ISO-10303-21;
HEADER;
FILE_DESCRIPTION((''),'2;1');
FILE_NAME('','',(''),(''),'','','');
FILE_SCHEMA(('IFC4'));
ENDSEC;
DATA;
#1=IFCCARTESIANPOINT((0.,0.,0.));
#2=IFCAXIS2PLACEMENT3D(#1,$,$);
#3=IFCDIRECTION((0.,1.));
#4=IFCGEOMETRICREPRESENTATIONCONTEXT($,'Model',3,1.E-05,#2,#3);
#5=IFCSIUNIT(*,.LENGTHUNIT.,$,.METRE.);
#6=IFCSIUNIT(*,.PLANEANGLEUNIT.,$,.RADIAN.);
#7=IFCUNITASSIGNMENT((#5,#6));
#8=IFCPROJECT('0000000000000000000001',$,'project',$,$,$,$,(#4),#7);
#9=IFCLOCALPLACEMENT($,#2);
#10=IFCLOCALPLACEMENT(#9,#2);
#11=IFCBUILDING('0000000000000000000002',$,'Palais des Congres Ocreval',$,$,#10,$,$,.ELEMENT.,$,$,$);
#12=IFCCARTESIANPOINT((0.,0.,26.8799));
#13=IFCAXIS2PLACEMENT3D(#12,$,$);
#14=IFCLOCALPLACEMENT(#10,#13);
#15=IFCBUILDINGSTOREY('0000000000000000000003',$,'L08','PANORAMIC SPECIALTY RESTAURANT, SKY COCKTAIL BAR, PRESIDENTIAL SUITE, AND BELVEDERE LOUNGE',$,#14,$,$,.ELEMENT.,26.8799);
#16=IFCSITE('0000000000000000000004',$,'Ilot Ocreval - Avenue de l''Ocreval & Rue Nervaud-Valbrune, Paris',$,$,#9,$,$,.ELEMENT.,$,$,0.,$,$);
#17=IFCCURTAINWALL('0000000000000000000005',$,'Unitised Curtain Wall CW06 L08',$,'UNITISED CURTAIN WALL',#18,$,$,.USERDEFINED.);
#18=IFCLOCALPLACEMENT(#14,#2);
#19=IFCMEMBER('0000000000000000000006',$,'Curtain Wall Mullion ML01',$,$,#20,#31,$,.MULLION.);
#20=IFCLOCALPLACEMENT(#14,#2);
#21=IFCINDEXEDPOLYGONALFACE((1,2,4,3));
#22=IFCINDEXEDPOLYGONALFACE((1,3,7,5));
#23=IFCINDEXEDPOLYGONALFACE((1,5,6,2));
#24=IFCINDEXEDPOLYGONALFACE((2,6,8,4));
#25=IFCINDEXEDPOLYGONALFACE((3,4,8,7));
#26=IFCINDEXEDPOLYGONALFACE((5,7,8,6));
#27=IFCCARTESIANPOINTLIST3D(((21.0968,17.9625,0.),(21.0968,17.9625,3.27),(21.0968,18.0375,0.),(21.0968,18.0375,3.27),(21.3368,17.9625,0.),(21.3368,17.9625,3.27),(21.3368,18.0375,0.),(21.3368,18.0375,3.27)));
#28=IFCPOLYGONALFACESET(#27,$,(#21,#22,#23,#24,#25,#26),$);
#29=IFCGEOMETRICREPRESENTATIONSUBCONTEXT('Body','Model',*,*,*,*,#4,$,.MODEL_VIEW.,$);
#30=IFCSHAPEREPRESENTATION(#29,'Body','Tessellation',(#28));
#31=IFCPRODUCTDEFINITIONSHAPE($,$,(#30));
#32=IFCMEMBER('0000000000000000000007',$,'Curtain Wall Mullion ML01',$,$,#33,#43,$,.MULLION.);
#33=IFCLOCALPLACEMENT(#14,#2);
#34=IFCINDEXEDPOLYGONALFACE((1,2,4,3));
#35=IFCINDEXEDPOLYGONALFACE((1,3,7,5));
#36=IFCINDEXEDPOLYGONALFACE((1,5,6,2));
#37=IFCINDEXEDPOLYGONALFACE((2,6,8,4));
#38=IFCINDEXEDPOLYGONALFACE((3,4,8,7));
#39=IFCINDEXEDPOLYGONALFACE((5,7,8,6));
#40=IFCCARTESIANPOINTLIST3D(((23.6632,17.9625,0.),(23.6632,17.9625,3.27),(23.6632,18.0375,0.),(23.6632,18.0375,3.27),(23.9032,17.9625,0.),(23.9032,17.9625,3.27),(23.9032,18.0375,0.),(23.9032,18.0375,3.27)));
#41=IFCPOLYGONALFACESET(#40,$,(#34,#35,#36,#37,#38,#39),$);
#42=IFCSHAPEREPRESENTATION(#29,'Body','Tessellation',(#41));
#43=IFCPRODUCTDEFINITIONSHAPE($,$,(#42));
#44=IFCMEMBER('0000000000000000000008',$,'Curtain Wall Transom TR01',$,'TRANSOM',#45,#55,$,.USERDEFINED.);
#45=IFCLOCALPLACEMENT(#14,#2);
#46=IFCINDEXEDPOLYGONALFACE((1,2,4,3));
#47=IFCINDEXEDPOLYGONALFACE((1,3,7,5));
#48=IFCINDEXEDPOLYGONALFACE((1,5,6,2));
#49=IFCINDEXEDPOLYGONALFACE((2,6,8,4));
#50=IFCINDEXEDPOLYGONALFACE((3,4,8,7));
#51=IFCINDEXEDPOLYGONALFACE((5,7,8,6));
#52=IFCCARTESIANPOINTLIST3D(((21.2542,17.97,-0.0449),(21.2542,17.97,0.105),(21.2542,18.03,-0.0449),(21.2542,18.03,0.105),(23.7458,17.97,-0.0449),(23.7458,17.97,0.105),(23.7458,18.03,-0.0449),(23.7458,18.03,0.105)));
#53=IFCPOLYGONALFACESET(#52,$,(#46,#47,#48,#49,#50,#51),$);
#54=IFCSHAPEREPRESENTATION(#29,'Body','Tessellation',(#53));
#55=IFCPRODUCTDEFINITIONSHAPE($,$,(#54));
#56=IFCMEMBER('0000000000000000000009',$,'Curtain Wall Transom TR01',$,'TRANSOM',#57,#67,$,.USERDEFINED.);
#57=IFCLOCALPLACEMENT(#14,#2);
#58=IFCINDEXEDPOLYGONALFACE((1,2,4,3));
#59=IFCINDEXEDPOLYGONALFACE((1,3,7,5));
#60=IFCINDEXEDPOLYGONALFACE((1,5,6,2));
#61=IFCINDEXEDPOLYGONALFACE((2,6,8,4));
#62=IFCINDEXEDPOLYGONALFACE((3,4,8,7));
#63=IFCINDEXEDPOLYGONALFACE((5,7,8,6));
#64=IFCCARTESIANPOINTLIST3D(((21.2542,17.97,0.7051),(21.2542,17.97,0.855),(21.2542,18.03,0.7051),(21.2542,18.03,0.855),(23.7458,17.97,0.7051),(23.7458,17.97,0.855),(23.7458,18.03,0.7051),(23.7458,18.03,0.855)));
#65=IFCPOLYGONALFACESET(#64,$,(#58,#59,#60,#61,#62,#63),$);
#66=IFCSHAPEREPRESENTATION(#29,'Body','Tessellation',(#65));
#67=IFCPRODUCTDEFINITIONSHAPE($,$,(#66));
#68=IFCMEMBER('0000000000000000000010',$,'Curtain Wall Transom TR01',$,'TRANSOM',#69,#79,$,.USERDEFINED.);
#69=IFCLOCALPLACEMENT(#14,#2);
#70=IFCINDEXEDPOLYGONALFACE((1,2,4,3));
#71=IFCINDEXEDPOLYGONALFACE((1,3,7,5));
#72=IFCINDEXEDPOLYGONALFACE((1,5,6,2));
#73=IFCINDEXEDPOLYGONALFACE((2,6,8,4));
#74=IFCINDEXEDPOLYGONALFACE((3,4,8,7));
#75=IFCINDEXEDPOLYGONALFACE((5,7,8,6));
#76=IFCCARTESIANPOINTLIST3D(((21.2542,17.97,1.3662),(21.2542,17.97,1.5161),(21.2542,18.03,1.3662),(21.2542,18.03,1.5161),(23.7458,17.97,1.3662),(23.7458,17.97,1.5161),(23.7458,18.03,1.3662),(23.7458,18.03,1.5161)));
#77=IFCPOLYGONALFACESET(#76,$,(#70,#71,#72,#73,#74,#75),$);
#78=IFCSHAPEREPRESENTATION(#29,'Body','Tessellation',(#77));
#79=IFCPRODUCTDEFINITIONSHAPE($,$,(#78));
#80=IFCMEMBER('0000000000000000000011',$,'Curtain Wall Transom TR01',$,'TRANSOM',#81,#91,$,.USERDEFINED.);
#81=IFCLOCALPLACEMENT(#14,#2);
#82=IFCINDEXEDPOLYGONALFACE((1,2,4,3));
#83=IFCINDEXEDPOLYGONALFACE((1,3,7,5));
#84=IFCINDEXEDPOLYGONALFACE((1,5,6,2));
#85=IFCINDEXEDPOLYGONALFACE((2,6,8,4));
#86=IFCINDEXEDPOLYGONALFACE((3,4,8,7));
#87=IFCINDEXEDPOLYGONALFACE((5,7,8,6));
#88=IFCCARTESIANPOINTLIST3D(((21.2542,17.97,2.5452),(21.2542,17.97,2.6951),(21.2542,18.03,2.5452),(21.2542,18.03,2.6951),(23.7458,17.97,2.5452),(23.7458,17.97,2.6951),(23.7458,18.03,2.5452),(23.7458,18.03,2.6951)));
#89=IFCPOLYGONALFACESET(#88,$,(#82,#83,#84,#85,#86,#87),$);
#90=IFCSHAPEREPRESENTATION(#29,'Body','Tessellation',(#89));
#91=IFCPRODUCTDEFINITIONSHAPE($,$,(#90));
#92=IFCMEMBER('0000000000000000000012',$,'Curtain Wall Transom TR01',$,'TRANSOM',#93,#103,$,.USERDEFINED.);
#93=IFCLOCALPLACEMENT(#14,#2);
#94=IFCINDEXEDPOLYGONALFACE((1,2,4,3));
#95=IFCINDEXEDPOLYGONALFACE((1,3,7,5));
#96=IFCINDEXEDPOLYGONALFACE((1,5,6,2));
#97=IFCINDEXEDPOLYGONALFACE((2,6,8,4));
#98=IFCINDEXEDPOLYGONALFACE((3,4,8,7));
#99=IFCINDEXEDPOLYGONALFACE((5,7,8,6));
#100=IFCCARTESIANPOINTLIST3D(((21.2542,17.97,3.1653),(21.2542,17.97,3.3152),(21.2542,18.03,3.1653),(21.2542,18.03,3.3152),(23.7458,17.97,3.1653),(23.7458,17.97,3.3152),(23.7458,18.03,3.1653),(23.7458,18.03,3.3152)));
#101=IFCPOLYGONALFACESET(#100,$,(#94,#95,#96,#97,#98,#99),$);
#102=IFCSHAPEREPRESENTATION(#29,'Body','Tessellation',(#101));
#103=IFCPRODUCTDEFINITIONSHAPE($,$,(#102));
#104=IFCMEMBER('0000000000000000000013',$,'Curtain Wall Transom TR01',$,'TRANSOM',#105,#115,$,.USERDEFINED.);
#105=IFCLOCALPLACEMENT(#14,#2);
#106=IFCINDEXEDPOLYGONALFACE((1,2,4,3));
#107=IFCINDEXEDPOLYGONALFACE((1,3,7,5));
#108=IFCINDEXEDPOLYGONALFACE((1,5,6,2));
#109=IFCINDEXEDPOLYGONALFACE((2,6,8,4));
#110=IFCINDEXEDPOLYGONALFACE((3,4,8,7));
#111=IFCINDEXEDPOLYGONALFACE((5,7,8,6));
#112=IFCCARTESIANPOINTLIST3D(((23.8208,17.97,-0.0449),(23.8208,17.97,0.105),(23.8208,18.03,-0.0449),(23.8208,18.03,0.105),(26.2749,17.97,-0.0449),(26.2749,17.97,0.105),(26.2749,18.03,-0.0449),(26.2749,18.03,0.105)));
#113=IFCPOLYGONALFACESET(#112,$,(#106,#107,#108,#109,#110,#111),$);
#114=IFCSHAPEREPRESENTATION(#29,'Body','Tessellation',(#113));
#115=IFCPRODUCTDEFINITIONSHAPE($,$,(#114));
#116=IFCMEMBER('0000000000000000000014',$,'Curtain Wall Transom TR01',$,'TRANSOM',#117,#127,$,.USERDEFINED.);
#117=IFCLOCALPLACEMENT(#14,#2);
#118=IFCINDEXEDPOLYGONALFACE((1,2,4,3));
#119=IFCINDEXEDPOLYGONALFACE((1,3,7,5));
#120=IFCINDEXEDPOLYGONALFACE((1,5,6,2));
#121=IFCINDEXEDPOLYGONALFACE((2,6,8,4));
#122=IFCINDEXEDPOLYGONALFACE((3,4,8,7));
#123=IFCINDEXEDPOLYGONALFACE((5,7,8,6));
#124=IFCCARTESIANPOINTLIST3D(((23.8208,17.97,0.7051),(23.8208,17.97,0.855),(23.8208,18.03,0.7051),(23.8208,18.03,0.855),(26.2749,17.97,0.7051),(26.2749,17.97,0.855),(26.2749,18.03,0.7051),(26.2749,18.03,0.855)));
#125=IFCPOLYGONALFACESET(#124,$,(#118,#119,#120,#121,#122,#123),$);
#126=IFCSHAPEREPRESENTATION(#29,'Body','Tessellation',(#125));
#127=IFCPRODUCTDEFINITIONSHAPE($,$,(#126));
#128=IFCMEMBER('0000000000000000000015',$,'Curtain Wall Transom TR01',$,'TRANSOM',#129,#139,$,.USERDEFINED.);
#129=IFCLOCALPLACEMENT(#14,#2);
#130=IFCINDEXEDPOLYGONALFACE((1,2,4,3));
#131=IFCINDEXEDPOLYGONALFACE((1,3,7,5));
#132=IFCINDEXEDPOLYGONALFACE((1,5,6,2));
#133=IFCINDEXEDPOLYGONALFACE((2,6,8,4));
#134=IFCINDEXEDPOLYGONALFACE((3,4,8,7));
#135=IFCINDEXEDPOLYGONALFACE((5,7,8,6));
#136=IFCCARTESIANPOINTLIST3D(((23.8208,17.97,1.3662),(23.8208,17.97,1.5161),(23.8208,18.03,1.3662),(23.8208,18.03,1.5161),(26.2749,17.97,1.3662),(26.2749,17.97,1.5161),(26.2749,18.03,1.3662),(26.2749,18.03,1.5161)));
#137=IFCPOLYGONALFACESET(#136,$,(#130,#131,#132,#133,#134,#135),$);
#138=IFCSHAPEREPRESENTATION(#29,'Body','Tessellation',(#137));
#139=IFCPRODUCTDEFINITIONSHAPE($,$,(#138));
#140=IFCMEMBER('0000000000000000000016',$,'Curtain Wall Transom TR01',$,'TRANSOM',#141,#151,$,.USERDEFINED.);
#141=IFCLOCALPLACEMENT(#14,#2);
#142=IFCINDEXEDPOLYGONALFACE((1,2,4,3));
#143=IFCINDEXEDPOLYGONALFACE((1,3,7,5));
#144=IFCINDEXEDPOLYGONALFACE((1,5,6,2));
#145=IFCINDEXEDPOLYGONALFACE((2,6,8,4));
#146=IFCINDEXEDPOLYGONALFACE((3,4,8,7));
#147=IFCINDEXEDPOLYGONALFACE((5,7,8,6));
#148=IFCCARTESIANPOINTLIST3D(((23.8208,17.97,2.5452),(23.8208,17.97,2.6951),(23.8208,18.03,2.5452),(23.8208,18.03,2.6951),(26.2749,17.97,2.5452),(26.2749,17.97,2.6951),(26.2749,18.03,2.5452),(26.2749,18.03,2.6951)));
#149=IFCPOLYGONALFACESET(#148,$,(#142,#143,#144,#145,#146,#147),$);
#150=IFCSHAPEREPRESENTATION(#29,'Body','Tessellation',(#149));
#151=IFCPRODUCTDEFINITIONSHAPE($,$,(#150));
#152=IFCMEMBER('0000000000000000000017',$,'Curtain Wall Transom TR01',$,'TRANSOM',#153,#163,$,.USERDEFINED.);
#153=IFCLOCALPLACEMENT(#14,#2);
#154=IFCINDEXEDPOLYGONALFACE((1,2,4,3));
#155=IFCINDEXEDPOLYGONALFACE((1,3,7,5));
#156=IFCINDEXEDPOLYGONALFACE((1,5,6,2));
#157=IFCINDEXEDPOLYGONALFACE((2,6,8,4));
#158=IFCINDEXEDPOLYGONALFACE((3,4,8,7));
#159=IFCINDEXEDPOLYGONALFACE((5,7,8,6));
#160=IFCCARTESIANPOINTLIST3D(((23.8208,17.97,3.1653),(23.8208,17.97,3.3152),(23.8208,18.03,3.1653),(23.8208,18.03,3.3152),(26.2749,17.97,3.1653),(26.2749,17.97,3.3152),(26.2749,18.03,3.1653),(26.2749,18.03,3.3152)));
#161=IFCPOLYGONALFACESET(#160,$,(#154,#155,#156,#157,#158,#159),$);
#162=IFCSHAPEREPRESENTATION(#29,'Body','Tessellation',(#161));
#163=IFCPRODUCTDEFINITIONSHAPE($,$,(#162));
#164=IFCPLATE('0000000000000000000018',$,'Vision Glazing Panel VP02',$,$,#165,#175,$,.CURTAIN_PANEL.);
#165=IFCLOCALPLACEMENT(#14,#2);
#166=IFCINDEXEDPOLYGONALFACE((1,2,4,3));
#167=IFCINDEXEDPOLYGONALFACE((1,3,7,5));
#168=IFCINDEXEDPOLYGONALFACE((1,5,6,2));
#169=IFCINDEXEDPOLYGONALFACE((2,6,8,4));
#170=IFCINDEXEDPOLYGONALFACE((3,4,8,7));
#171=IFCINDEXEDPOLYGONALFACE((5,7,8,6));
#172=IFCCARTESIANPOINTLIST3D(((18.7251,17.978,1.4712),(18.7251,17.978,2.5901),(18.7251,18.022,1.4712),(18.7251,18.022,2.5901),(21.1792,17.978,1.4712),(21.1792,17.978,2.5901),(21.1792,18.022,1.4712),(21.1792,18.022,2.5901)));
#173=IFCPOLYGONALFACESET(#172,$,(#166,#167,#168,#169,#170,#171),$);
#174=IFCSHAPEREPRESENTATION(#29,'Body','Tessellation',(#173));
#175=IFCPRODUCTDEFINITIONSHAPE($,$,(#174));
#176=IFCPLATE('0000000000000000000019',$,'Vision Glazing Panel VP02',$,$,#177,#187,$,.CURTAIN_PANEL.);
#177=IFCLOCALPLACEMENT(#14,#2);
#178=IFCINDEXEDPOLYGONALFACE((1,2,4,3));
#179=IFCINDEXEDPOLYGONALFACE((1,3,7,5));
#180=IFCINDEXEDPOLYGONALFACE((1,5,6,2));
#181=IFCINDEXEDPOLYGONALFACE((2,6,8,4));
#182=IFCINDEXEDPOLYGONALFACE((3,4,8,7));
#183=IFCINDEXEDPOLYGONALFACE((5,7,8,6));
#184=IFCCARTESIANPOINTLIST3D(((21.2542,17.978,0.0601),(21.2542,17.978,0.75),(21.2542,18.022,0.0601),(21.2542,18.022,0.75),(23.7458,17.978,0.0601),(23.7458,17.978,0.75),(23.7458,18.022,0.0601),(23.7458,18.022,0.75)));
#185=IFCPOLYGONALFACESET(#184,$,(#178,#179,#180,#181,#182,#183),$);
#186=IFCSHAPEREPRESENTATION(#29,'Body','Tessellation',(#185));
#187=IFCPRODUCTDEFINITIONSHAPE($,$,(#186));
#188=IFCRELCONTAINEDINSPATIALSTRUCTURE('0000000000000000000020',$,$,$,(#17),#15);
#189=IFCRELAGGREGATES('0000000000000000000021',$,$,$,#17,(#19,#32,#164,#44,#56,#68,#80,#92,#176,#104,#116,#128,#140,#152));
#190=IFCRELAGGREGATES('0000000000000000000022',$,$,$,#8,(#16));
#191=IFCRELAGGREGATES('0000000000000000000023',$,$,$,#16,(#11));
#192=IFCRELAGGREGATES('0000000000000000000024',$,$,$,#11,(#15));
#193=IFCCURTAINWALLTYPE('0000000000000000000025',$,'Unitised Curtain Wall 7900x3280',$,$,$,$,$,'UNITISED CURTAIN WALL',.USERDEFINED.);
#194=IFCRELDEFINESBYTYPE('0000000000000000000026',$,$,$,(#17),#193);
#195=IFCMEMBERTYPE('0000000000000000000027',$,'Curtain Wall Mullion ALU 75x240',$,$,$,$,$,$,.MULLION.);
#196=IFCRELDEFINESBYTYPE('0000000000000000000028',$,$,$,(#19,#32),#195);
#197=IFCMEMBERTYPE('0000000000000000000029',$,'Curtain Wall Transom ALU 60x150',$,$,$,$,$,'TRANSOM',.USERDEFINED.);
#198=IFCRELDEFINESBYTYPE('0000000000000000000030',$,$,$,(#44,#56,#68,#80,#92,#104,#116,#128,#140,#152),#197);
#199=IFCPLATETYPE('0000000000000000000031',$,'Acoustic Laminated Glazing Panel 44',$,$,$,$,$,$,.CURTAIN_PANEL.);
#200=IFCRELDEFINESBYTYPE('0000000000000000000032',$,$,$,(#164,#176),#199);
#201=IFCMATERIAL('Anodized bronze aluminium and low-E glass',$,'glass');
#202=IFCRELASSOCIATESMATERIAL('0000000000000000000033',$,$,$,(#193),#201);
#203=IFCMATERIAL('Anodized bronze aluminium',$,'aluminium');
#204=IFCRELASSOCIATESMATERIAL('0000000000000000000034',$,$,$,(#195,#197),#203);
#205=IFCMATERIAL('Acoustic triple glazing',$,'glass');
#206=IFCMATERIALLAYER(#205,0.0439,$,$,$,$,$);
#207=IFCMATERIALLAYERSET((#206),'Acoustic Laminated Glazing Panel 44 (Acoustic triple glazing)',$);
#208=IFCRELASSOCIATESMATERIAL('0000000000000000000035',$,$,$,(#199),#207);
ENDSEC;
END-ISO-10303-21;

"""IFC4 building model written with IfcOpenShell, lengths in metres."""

from ifc_helpers import new_model, si_unit, direction, frame, origin, origin_2d, place, context, subcontext, project, spatial, rectangle, extrude, material, layer, layer_set, material_profile, profile_set, type_object, element, aggregate, save


model = new_model("IFC4")

# Units and contexts
model_context = context("Model", 3, precision=1e-05, world=origin(), true_north=direction((0.0, 1.0)))
body_context = subcontext(model_context, "Body", "Model", "MODEL_VIEW")
ifc_project = project(units=[si_unit("LENGTHUNIT", "METRE"), si_unit("PLANEANGLEUNIT", "RADIAN")], contexts=[model_context])

# Site, building, storey
site_placement = place(None, origin())
site = spatial("IfcSite", under=ifc_project, at=site_placement, Name="Ilot Ocreval - Avenue de l'Ocreval & Rue Nervaud-Valbrune, Paris", CompositionType="ELEMENT", RefElevation=0.0)
building_placement = place(site_placement, origin())
building = spatial("IfcBuilding", under=site, at=building_placement, Name="Palais des Congres Ocreval", CompositionType="ELEMENT")
storey_placement = place(building_placement, frame((0.0, 0.0, 26.8799)))
storey = spatial("IfcBuildingStorey", under=building, at=storey_placement, Name="L08", Description="PANORAMIC SPECIALTY RESTAURANT, SKY COCKTAIL BAR, PRESIDENTIAL SUITE, AND BELVEDERE LOUNGE", CompositionType="ELEMENT", Elevation=26.8799)

# Curtain wall, members, plates
ifc_material_1 = material(Name="Anodized bronze aluminium and low-E glass", Category="glass")
curtain_wall_type = type_object("IfcCurtainWallType", Name="Unitised Curtain Wall 7900x3280", ElementType="UNITISED CURTAIN WALL", PredefinedType="USERDEFINED", material=ifc_material_1)
curtain_wall_placement = place(storey_placement, origin())
curtain_wall = element("IfcCurtainWall", 1, at=curtain_wall_placement, inside=storey, type_object=curtain_wall_type, Name="Unitised Curtain Wall CW06 L08", ObjectType="UNITISED CURTAIN WALL", PredefinedType="USERDEFINED")
ifc_material_2 = material(Name="Anodized bronze aluminium", Category="aluminium")
ifc_material_profile_1 = material_profile(ifc_material_2, rectangle(XDim=0.075, YDim=0.24, at=origin_2d()), Name="ALU 75x240")
ifc_profile_set_1 = profile_set([ifc_material_profile_1], Name="Anodized bronze aluminium")
member_type_1 = type_object("IfcMemberType", Name="Curtain Wall Mullion ALU 75x240", PredefinedType="MULLION", material=ifc_profile_set_1)
member_1_placement = place(storey_placement, frame((21.2168, 18.0, 0.0), z_axis=(0.0, 0.0, 1.0), x_axis=(0.0, 1.0, 0.0)))
member_1 = element("IfcMember", 2, at=member_1_placement, type_object=member_type_1, Name="Curtain Wall Mullion ML01", PredefinedType="MULLION", context=body_context, shape_type="SweptSolid", body=[
    extrude(rectangle(XDim=0.075, YDim=0.24, at=origin_2d()), origin(), (0.0, 0.0, 1.0), 3.27),
])
member_2_placement = place(storey_placement, frame((23.7832, 18.0, 0.0), z_axis=(0.0, 0.0, 1.0), x_axis=(0.0, 1.0, 0.0)))
member_2 = element("IfcMember", 3, at=member_2_placement, type_object=member_type_1, Name="Curtain Wall Mullion ML01", PredefinedType="MULLION", context=body_context, shape_type="SweptSolid", body=[
    extrude(rectangle(XDim=0.075, YDim=0.24, at=origin_2d()), origin(), (0.0, 0.0, 1.0), 3.27),
])
ifc_material_profile_2 = material_profile(ifc_material_2, rectangle(XDim=0.0601, YDim=0.1499, at=origin_2d()), Name="ALU 60x150")
ifc_profile_set_2 = profile_set([ifc_material_profile_2], Name="Anodized bronze aluminium")
member_type_2 = type_object("IfcMemberType", Name="Curtain Wall Transom ALU 60x150", ElementType="TRANSOM", PredefinedType="USERDEFINED", material=ifc_profile_set_2)
member_3_placement = place(storey_placement, frame((21.2542, 18.0, 0.03), z_axis=(1.0, 0.0, 0.0), x_axis=(0.0, 1.0, 0.0)))
member_3 = element("IfcMember", 4, at=member_3_placement, type_object=member_type_2, Name="Curtain Wall Transom TR01", ObjectType="TRANSOM", PredefinedType="USERDEFINED", context=body_context, shape_type="SweptSolid", body=[
    extrude(rectangle(XDim=0.0601, YDim=0.1499, at=origin_2d()), origin(), (0.0, 0.0, 1.0), 2.4917),
])
member_4_placement = place(storey_placement, frame((21.2542, 18.0, 0.78), z_axis=(1.0, 0.0, 0.0), x_axis=(0.0, 1.0, 0.0)))
member_4 = element("IfcMember", 5, at=member_4_placement, type_object=member_type_2, Name="Curtain Wall Transom TR01", ObjectType="TRANSOM", PredefinedType="USERDEFINED", context=body_context, shape_type="SweptSolid", body=[
    extrude(rectangle(XDim=0.0601, YDim=0.1499, at=origin_2d()), origin(), (0.0, 0.0, 1.0), 2.4917),
])
member_5_placement = place(storey_placement, frame((21.2542, 18.0, 1.4412), z_axis=(1.0, 0.0, 0.0), x_axis=(0.0, 1.0, 0.0)))
member_5 = element("IfcMember", 6, at=member_5_placement, type_object=member_type_2, Name="Curtain Wall Transom TR01", ObjectType="TRANSOM", PredefinedType="USERDEFINED", context=body_context, shape_type="SweptSolid", body=[
    extrude(rectangle(XDim=0.0601, YDim=0.1499, at=origin_2d()), origin(), (0.0, 0.0, 1.0), 2.4917),
])
member_6_placement = place(storey_placement, frame((21.2542, 18.0, 2.6201), z_axis=(1.0, 0.0, 0.0), x_axis=(0.0, 1.0, 0.0)))
member_6 = element("IfcMember", 7, at=member_6_placement, type_object=member_type_2, Name="Curtain Wall Transom TR01", ObjectType="TRANSOM", PredefinedType="USERDEFINED", context=body_context, shape_type="SweptSolid", body=[
    extrude(rectangle(XDim=0.0601, YDim=0.1499, at=origin_2d()), origin(), (0.0, 0.0, 1.0), 2.4917),
])
member_7_placement = place(storey_placement, frame((21.2542, 18.0, 3.2402), z_axis=(1.0, 0.0, 0.0), x_axis=(0.0, 1.0, 0.0)))
member_7 = element("IfcMember", 8, at=member_7_placement, type_object=member_type_2, Name="Curtain Wall Transom TR01", ObjectType="TRANSOM", PredefinedType="USERDEFINED", context=body_context, shape_type="SweptSolid", body=[
    extrude(rectangle(XDim=0.0601, YDim=0.1499, at=origin_2d()), origin(), (0.0, 0.0, 1.0), 2.4917),
])
member_8_placement = place(storey_placement, frame((23.8208, 18.0, 0.03), z_axis=(1.0, 0.0, 0.0), x_axis=(0.0, 1.0, 0.0)))
member_8 = element("IfcMember", 9, at=member_8_placement, type_object=member_type_2, Name="Curtain Wall Transom TR01", ObjectType="TRANSOM", PredefinedType="USERDEFINED", context=body_context, shape_type="SweptSolid", body=[
    extrude(rectangle(XDim=0.0601, YDim=0.1499, at=origin_2d()), origin(), (0.0, 0.0, 1.0), 2.4541),
])
member_9_placement = place(storey_placement, frame((23.8208, 18.0, 0.78), z_axis=(1.0, 0.0, 0.0), x_axis=(0.0, 1.0, 0.0)))
member_9 = element("IfcMember", 10, at=member_9_placement, type_object=member_type_2, Name="Curtain Wall Transom TR01", ObjectType="TRANSOM", PredefinedType="USERDEFINED", context=body_context, shape_type="SweptSolid", body=[
    extrude(rectangle(XDim=0.0601, YDim=0.1499, at=origin_2d()), origin(), (0.0, 0.0, 1.0), 2.4541),
])
member_10_placement = place(storey_placement, frame((23.8208, 18.0, 1.4412), z_axis=(1.0, 0.0, 0.0), x_axis=(0.0, 1.0, 0.0)))
member_10 = element("IfcMember", 11, at=member_10_placement, type_object=member_type_2, Name="Curtain Wall Transom TR01", ObjectType="TRANSOM", PredefinedType="USERDEFINED", context=body_context, shape_type="SweptSolid", body=[
    extrude(rectangle(XDim=0.0601, YDim=0.1499, at=origin_2d()), origin(), (0.0, 0.0, 1.0), 2.4541),
])
member_11_placement = place(storey_placement, frame((23.8208, 18.0, 2.6201), z_axis=(1.0, 0.0, 0.0), x_axis=(0.0, 1.0, 0.0)))
member_11 = element("IfcMember", 12, at=member_11_placement, type_object=member_type_2, Name="Curtain Wall Transom TR01", ObjectType="TRANSOM", PredefinedType="USERDEFINED", context=body_context, shape_type="SweptSolid", body=[
    extrude(rectangle(XDim=0.0601, YDim=0.1499, at=origin_2d()), origin(), (0.0, 0.0, 1.0), 2.4541),
])
member_12_placement = place(storey_placement, frame((23.8208, 18.0, 3.2402), z_axis=(1.0, 0.0, 0.0), x_axis=(0.0, 1.0, 0.0)))
member_12 = element("IfcMember", 13, at=member_12_placement, type_object=member_type_2, Name="Curtain Wall Transom TR01", ObjectType="TRANSOM", PredefinedType="USERDEFINED", context=body_context, shape_type="SweptSolid", body=[
    extrude(rectangle(XDim=0.0601, YDim=0.1499, at=origin_2d()), origin(), (0.0, 0.0, 1.0), 2.4541),
])
ifc_material_3 = material(Name="Acoustic triple glazing", Category="glass")
ifc_layer_1 = layer(ifc_material_3, 0.0439)
ifc_layer_set_1 = layer_set([ifc_layer_1], Name="Acoustic Laminated Glazing Panel 44 (Acoustic triple glazing)")
plate_type_1 = type_object("IfcPlateType", Name="Acoustic Laminated Glazing Panel 44", PredefinedType="CURTAIN_PANEL", material=ifc_layer_set_1)
plate_1_placement = place(storey_placement, frame((19.9521, 18.0, 1.4712), z_axis=(0.0, 0.0, 1.0), x_axis=(1.0, 0.0, 0.0)))
plate_1 = element("IfcPlate", 14, at=plate_1_placement, type_object=plate_type_1, Name="Vision Glazing Panel VP02", PredefinedType="CURTAIN_PANEL", context=body_context, shape_type="SweptSolid", body=[
    extrude(rectangle(XDim=2.4541, YDim=0.0439, at=origin_2d()), origin(), (0.0, 0.0, 1.0), 1.1189),
])
plate_2_placement = place(storey_placement, frame((22.5, 18.0, 0.0601), z_axis=(0.0, 0.0, 1.0), x_axis=(1.0, 0.0, 0.0)))
plate_2 = element("IfcPlate", 15, at=plate_2_placement, type_object=plate_type_1, Name="Vision Glazing Panel VP02", PredefinedType="CURTAIN_PANEL", context=body_context, shape_type="SweptSolid", body=[
    extrude(rectangle(XDim=2.4917, YDim=0.0439, at=origin_2d()), origin(), (0.0, 0.0, 1.0), 0.6899),
])
aggregate(curtain_wall, [member_1, member_2, plate_1, member_3, member_4, member_5, member_6, member_7, plate_2, member_8, member_9, member_10, member_11, member_12])

save(model, "model.ifc")
